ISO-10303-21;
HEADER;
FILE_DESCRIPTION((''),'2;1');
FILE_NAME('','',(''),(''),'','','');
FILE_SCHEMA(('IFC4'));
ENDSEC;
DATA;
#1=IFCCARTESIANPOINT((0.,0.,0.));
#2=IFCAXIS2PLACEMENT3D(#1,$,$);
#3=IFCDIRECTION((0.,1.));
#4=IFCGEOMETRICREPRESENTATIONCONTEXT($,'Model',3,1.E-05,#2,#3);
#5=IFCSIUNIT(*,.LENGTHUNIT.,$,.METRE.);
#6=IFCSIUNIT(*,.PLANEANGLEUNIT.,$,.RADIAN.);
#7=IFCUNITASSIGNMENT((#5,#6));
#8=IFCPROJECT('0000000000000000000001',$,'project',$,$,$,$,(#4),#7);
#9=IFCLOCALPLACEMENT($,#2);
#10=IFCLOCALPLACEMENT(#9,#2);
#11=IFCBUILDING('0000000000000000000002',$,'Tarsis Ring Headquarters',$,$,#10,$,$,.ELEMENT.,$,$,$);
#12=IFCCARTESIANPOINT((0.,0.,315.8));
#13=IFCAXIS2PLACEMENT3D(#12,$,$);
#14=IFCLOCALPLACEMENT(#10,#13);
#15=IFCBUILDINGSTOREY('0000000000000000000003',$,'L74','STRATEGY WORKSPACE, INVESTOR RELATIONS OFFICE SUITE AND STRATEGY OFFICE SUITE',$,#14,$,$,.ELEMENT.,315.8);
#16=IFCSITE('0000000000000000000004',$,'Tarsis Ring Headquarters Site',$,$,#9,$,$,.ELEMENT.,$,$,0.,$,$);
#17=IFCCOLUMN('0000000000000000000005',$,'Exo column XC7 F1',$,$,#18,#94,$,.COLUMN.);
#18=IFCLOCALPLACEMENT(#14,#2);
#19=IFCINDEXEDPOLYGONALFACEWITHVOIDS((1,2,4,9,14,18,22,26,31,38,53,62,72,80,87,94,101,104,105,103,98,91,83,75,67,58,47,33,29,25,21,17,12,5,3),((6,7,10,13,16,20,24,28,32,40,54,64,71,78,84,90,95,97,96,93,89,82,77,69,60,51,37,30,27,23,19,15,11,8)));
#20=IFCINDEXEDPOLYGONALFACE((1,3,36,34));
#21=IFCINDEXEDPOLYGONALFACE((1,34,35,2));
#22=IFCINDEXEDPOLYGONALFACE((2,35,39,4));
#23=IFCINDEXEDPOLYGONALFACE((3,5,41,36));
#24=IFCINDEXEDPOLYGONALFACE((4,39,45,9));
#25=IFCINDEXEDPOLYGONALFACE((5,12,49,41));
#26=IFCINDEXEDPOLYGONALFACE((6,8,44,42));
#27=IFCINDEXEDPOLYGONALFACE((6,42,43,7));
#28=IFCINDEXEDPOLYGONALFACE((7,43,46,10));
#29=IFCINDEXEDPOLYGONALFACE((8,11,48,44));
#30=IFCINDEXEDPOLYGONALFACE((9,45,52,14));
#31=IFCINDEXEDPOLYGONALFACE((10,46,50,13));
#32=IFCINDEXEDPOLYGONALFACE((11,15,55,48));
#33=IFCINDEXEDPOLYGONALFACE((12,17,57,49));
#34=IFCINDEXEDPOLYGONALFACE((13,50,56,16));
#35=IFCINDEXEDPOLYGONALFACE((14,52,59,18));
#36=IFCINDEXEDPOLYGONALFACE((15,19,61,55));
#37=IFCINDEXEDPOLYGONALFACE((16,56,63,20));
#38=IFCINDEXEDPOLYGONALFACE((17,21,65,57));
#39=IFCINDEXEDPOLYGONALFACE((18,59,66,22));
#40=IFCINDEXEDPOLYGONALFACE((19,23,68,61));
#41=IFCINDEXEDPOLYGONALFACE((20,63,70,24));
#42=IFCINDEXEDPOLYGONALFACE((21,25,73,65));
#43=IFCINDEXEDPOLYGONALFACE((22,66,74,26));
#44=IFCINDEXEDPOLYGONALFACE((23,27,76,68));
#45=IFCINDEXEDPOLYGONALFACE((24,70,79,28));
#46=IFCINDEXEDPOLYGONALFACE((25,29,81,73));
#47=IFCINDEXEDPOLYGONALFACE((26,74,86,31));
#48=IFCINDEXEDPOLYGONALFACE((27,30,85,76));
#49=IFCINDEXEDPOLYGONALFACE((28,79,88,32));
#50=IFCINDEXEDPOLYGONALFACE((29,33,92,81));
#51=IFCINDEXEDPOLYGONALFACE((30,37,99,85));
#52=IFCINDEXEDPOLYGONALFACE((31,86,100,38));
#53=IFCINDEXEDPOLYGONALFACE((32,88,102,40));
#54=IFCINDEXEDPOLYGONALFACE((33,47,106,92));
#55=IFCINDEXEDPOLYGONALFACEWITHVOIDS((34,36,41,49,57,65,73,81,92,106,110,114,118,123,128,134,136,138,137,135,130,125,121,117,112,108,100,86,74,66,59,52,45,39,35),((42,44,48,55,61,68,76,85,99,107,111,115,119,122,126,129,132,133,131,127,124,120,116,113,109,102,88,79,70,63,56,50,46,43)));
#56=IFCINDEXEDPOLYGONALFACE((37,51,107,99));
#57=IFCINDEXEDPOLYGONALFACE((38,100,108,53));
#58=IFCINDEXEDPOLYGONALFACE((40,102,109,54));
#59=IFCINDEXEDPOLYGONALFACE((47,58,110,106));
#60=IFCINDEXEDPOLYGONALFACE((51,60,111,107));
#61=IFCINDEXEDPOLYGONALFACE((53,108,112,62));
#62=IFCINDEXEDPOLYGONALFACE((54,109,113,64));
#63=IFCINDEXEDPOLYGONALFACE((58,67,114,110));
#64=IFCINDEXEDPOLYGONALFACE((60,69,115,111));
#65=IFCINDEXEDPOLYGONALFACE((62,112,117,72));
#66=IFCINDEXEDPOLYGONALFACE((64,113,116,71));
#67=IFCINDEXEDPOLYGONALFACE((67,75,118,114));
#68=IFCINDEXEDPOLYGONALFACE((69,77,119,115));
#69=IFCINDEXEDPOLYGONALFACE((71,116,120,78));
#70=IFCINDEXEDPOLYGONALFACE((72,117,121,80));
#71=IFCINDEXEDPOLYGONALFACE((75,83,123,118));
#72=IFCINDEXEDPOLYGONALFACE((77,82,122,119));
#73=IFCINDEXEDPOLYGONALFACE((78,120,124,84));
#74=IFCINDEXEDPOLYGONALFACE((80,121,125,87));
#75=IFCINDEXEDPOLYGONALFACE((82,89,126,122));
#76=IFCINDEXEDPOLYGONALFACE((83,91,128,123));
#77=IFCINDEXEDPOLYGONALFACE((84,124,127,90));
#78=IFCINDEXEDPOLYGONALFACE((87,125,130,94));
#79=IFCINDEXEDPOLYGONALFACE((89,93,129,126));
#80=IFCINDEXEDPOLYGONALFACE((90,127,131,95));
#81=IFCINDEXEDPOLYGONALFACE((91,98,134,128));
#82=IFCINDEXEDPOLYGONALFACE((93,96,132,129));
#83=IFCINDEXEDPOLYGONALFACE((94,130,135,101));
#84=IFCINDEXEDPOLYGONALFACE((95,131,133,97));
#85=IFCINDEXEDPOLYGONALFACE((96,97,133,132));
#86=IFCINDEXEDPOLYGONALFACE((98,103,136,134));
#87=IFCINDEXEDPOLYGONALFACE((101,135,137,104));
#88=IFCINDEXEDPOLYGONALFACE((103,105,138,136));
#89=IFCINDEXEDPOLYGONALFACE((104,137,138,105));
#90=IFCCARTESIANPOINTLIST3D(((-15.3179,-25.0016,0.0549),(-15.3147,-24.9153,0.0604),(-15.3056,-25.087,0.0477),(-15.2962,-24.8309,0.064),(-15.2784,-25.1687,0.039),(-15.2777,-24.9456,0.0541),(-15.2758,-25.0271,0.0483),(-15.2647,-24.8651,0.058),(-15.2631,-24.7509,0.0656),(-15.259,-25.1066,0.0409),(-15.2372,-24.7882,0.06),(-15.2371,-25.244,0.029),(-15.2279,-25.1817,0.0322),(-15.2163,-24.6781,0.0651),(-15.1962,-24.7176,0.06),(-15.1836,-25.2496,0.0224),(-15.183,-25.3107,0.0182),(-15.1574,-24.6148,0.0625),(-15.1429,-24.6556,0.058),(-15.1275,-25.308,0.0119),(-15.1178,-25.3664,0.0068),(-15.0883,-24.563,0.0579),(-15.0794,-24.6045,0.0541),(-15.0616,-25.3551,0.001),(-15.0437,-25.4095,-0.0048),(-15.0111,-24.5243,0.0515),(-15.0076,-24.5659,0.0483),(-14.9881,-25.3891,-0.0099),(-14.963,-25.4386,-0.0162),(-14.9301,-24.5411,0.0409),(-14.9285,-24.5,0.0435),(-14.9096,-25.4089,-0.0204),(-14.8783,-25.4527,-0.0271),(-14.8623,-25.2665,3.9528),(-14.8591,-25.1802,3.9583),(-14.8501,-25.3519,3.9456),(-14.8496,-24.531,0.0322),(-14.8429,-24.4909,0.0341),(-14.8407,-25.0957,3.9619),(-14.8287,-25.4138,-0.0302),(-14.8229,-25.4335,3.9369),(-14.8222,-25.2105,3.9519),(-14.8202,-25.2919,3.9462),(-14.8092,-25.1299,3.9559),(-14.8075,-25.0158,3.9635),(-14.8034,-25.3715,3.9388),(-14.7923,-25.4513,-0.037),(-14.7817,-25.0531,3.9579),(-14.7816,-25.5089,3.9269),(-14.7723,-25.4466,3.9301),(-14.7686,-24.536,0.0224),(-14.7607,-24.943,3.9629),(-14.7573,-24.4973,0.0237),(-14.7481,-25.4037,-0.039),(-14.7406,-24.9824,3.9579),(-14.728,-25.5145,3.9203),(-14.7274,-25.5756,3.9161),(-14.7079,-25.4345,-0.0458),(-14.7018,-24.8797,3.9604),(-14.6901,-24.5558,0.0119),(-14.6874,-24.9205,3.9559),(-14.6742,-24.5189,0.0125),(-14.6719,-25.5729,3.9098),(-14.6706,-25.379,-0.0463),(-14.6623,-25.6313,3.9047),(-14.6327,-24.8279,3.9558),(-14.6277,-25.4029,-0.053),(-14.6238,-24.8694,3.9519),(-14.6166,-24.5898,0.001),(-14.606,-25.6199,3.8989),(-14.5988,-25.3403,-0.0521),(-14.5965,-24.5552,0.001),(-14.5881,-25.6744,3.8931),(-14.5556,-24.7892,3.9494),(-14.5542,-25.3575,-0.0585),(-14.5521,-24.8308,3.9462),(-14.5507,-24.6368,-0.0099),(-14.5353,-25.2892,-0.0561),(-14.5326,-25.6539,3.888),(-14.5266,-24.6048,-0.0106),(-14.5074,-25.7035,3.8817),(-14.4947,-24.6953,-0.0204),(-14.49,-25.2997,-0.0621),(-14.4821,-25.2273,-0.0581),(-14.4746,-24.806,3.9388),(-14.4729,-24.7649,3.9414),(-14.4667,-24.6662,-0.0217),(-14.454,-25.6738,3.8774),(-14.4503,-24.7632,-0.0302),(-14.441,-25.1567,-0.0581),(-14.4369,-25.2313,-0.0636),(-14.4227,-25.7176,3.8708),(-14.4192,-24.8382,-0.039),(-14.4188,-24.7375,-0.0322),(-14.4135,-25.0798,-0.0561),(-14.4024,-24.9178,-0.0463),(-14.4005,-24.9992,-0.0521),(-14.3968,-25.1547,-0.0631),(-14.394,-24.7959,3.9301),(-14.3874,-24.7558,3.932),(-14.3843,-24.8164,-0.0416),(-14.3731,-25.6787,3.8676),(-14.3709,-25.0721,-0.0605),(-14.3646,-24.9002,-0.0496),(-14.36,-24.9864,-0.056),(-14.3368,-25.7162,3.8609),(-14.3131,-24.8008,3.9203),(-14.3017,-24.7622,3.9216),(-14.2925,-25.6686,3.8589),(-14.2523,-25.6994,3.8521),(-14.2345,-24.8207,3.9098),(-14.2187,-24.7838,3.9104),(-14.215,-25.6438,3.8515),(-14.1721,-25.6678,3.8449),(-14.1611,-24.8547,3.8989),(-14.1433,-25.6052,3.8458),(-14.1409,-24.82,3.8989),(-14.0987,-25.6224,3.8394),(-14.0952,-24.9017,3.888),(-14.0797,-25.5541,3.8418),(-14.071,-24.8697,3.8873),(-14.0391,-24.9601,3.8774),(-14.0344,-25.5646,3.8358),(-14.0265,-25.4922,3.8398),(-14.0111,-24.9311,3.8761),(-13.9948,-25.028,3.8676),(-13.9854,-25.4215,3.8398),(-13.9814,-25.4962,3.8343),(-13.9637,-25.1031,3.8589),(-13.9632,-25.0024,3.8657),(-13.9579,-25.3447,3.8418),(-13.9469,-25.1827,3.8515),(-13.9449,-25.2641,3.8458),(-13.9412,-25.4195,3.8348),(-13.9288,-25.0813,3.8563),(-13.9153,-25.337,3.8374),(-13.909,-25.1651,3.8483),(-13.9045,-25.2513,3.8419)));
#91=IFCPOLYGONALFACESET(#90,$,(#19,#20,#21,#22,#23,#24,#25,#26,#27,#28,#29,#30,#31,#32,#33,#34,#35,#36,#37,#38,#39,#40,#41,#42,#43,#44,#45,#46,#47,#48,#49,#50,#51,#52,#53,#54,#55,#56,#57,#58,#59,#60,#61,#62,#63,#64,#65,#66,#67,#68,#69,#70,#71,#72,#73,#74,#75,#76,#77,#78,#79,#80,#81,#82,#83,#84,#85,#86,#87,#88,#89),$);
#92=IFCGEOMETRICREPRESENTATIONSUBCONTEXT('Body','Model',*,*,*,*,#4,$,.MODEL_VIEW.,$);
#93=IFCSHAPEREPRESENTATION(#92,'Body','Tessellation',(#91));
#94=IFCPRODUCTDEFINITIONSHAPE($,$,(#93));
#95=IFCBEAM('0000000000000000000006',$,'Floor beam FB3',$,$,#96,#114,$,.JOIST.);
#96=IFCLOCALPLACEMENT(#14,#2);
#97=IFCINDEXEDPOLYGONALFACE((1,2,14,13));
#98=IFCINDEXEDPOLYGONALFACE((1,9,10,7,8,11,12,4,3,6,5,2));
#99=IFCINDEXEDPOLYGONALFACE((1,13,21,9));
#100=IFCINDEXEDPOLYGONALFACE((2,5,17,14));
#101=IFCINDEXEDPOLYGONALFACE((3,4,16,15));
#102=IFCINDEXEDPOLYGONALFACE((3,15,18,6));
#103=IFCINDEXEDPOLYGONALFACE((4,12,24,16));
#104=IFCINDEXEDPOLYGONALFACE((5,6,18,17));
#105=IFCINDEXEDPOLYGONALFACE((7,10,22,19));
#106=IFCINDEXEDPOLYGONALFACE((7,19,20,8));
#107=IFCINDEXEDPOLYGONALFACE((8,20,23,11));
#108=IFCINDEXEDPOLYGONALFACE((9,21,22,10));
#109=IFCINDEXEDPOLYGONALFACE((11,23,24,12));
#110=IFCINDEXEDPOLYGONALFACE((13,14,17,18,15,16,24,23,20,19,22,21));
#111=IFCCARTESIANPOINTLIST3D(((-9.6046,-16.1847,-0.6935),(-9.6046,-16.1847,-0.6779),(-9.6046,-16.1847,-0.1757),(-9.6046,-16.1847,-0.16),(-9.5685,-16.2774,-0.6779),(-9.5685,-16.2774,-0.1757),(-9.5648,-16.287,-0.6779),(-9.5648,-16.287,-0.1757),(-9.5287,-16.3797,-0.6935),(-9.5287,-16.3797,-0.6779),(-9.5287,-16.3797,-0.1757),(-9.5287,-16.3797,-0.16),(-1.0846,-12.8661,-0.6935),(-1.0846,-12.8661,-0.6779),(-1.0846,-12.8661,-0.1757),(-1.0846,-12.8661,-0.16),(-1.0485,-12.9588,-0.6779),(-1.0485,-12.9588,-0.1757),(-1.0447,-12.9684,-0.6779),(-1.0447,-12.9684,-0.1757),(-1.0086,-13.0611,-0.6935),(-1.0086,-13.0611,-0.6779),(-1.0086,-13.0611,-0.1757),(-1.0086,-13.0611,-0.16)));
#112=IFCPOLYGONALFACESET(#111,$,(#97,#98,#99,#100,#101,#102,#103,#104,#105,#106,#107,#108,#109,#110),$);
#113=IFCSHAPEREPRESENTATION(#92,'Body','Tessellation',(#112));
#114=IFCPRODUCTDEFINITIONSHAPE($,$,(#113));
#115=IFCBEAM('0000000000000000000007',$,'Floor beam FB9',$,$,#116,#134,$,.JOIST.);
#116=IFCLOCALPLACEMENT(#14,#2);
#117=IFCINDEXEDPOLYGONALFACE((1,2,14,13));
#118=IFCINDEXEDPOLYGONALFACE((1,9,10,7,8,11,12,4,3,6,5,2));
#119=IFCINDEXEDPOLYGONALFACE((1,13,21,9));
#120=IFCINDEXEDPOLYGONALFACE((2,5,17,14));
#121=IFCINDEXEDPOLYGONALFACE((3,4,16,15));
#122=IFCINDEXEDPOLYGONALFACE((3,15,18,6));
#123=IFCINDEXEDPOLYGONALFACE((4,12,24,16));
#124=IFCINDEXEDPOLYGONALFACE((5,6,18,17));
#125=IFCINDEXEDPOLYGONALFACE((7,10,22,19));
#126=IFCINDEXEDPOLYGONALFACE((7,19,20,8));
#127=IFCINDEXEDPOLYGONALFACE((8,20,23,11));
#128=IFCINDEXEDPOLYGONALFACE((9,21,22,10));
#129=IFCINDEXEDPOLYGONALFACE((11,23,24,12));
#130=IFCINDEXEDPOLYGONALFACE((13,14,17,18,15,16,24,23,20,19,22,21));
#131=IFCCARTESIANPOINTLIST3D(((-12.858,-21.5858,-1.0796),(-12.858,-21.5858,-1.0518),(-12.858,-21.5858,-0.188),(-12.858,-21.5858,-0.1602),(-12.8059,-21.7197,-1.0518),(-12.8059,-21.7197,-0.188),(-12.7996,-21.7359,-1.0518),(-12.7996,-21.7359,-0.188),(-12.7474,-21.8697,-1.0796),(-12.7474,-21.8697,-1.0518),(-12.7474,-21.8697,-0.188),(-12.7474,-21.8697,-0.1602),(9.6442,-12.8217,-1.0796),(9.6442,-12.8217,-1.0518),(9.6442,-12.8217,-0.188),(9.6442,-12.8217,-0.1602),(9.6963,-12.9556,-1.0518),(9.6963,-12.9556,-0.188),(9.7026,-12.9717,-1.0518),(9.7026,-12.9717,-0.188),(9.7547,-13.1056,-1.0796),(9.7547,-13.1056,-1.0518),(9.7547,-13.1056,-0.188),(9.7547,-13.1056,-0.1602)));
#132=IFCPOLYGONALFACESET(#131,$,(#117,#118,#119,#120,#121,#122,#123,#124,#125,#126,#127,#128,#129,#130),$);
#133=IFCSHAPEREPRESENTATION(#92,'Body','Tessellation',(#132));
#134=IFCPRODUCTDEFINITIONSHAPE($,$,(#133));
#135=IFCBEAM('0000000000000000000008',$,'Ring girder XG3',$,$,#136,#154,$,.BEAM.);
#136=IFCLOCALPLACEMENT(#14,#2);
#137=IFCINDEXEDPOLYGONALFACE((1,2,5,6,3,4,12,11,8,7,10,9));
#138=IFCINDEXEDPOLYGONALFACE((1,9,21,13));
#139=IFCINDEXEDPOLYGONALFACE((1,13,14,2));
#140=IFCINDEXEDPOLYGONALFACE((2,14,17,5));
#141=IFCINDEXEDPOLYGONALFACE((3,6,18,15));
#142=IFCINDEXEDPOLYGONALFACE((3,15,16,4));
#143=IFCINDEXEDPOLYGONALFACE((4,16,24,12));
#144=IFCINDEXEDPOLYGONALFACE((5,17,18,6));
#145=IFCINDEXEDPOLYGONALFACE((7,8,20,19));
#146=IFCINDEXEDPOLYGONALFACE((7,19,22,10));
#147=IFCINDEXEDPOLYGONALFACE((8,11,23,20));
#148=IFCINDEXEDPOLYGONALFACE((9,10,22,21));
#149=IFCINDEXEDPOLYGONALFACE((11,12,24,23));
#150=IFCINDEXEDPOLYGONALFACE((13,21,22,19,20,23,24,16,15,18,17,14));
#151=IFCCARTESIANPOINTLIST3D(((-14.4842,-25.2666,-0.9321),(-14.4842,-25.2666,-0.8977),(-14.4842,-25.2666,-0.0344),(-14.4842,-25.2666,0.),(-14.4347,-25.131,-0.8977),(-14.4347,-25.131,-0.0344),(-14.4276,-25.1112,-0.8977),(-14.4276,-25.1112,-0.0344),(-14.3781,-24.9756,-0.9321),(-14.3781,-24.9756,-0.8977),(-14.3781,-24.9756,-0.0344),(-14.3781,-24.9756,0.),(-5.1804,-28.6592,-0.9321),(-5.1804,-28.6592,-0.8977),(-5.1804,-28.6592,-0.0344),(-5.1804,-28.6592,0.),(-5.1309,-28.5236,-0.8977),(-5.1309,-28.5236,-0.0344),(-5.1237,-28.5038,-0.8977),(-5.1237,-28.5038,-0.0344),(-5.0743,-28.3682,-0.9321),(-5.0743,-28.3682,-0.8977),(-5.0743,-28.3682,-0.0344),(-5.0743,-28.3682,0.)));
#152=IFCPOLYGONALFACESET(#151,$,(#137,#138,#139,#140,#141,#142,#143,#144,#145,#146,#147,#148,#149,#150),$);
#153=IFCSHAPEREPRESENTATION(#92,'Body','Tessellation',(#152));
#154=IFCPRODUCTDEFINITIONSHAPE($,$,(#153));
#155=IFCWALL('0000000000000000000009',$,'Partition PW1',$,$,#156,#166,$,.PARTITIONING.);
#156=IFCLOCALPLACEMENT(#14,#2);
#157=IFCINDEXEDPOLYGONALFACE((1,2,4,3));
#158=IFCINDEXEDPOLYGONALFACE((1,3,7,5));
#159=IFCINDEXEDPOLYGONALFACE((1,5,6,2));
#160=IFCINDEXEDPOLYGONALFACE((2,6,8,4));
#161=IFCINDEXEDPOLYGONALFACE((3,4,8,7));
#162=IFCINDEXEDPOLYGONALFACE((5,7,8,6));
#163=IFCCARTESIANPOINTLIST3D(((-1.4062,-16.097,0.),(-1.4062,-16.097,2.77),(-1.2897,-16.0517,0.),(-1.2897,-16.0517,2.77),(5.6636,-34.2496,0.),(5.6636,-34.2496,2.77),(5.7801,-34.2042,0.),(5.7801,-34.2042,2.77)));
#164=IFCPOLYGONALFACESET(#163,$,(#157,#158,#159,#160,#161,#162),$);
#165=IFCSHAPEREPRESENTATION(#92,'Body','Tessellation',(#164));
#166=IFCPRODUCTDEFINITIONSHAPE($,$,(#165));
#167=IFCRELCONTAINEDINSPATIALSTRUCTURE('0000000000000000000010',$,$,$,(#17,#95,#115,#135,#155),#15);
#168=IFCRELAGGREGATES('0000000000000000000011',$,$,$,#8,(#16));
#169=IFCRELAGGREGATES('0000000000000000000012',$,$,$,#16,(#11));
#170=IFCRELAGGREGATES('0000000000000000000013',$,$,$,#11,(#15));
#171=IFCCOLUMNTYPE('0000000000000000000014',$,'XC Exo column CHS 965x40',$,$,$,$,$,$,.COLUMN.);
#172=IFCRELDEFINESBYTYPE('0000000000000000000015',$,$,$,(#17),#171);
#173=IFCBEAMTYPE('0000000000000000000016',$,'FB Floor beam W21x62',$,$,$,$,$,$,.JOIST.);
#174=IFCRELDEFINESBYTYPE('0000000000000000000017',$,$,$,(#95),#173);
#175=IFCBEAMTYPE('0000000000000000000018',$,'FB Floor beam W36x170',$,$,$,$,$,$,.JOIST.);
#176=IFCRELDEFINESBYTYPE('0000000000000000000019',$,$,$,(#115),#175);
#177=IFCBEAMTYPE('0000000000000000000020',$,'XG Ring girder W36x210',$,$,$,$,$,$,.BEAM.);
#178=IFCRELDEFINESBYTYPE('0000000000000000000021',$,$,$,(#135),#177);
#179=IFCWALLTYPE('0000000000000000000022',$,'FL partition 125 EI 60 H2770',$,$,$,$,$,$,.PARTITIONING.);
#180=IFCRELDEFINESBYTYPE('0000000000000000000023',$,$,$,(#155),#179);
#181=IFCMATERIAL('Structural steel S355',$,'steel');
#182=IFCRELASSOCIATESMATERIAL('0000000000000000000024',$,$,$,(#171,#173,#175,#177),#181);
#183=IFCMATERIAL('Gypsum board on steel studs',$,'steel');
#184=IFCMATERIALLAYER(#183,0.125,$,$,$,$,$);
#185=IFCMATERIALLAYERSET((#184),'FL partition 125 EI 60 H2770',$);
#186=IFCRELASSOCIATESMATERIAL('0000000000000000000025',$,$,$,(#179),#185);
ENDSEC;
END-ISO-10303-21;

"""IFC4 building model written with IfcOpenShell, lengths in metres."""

from ifc_helpers import new_model, si_unit, direction, frame, frame_2d, origin, origin_2d, place, context, subcontext, project, spatial, rectangle, hollow_circle, i_section, extrude, material, layer, layer_set, material_profile, profile_set, type_object, element, save


model = new_model("IFC4")

# Units and contexts
model_context = context("Model", 3, precision=1e-05, world=origin(), true_north=direction((0.0, 1.0)))
body_context = subcontext(model_context, "Body", "Model", "MODEL_VIEW")
ifc_project = project(units=[si_unit("LENGTHUNIT", "METRE"), si_unit("PLANEANGLEUNIT", "RADIAN")], contexts=[model_context])

# Site, building, storey
site_placement = place(None, origin())
site = spatial("IfcSite", under=ifc_project, at=site_placement, Name="Tarsis Ring Headquarters Site", CompositionType="ELEMENT", RefElevation=0.0)
building_placement = place(site_placement, origin())
building = spatial("IfcBuilding", under=site, at=building_placement, Name="Tarsis Ring Headquarters", CompositionType="ELEMENT")
storey_placement = place(building_placement, frame((0.0, 0.0, 315.8)))
storey = spatial("IfcBuildingStorey", under=building, at=storey_placement, Name="L74", Description="STRATEGY WORKSPACE, INVESTOR RELATIONS OFFICE SUITE AND STRATEGY OFFICE SUITE", CompositionType="ELEMENT", Elevation=315.8)

# Column
ifc_material_1 = material(Name="Structural steel S355", Category="steel")
ifc_material_profile_1 = material_profile(ifc_material_1, hollow_circle(Radius=0.4827, WallThickness=0.04, at=origin_2d()), Name="CHS 965x40")
ifc_profile_set_1 = profile_set([ifc_material_profile_1], Name="Structural steel S355")
column_type = type_object("IfcColumnType", Name="XC Exo column CHS 965x40", PredefinedType="COLUMN", material=ifc_profile_set_1)
column_placement = place(storey_placement, frame((-14.8391, -24.9724, 0.001), z_axis=(0.11582, -0.067344, 0.990985), x_axis=(0.502661, 0.864484, 0.0)))
element("IfcColumn", 1, at=column_placement, inside=storey, type_object=column_type, Name="Exo column XC7 F1", PredefinedType="COLUMN", context=body_context, shape_type="SweptSolid", body=[
    extrude(hollow_circle(Radius=0.4827, WallThickness=0.04, at=origin_2d()), origin(), (0.0, 0.0, 1.0), 3.9333),
])

# Beams
ifc_material_profile_2 = material_profile(ifc_material_1, i_section(OverallWidth=0.2092, OverallDepth=0.5334, WebThickness=0.0103, FlangeThickness=0.0156, at=origin_2d()), Name="W21x62")
ifc_profile_set_2 = profile_set([ifc_material_profile_2], Name="Structural steel S355")
beam_type_1 = type_object("IfcBeamType", Name="FB Floor beam W21x62", PredefinedType="JOIST", material=ifc_profile_set_2)
beam_1_placement = place(storey_placement, frame((-9.5667, -16.2822, -0.4268), z_axis=(0.93181, 0.362946, 0.0), x_axis=(-0.362946, 0.93181, 0.0)))
element("IfcBeam", 2, at=beam_1_placement, inside=storey, type_object=beam_type_1, Name="Floor beam FB3", PredefinedType="JOIST", context=body_context, shape_type="SweptSolid", body=[
    extrude(i_section(OverallWidth=0.2092, OverallDepth=0.5334, WebThickness=0.0103, FlangeThickness=0.0156, at=origin_2d()), origin(), (0.0, 0.0, 1.0), 9.1436),
])
ifc_material_profile_3 = material_profile(ifc_material_1, i_section(OverallWidth=0.3047, OverallDepth=0.9194, WebThickness=0.0173, FlangeThickness=0.0278, at=origin_2d()), Name="W36x170")
ifc_profile_set_3 = profile_set([ifc_material_profile_3], Name="Structural steel S355")
beam_type_2 = type_object("IfcBeamType", Name="FB Floor beam W36x170", PredefinedType="JOIST", material=ifc_profile_set_3)
beam_2_placement = place(storey_placement, frame((-12.8027, -21.7278, -0.6199), z_axis=(0.931818, 0.362925, 0.0), x_axis=(-0.362925, 0.931818, 0.0)))
element("IfcBeam", 3, at=beam_2_placement, inside=storey, type_object=beam_type_2, Name="Floor beam FB9", PredefinedType="JOIST", context=body_context, shape_type="SweptSolid", body=[
    extrude(i_section(OverallWidth=0.3047, OverallDepth=0.9194, WebThickness=0.0173, FlangeThickness=0.0278, at=origin_2d()), origin(), (0.0, 0.0, 1.0), 24.1487),
])
ifc_material_profile_4 = material_profile(ifc_material_1, i_section(OverallWidth=0.3098, OverallDepth=0.9321, WebThickness=0.021, FlangeThickness=0.0344, at=origin_2d()), Name="W36x210")
ifc_profile_set_4 = profile_set([ifc_material_profile_4], Name="Structural steel S355")
beam_type_3 = type_object("IfcBeamType", Name="XG Ring girder W36x210", PredefinedType="BEAM", material=ifc_profile_set_4)
beam_3_placement = place(storey_placement, frame((-14.4312, -25.1211, -0.4661), z_axis=(0.939488, -0.342582, 0.0), x_axis=(0.342582, 0.939488, 0.0)))
element("IfcBeam", 4, at=beam_3_placement, inside=storey, type_object=beam_type_3, Name="Ring girder XG3", PredefinedType="BEAM", context=body_context, shape_type="SweptSolid", body=[
    extrude(i_section(OverallWidth=0.3098, OverallDepth=0.9321, WebThickness=0.021, FlangeThickness=0.0344, at=origin_2d()), origin(), (0.0, 0.0, 1.0), 9.9031),
])

# Wall
ifc_material_2 = material(Name="Gypsum board on steel studs", Category="steel")
ifc_layer_1 = layer(ifc_material_2, 0.125)
ifc_layer_set_1 = layer_set([ifc_layer_1], Name="FL partition 125 EI 60 H2770")
wall_type_1 = type_object("IfcWallType", Name="FL partition 125 EI 60 H2770", PredefinedType="PARTITIONING", material=ifc_layer_set_1)
wall_1_placement = place(storey_placement, frame((-1.3479, -16.0745, 0.0), z_axis=(0.0, 0.0, 1.0), x_axis=(0.362914, -0.931823, 0.0)))
element("IfcWall", 5, at=wall_1_placement, inside=storey, type_object=wall_type_1, Name="Partition PW1", PredefinedType="PARTITIONING", context=body_context, shape_type="SweptSolid", body=[
    extrude(rectangle(XDim=19.4807, YDim=0.125, at=frame_2d((9.7402, 0.0))), origin(), (0.0, 0.0, 1.0), 2.77),
])

save(model, "model.ifc")
